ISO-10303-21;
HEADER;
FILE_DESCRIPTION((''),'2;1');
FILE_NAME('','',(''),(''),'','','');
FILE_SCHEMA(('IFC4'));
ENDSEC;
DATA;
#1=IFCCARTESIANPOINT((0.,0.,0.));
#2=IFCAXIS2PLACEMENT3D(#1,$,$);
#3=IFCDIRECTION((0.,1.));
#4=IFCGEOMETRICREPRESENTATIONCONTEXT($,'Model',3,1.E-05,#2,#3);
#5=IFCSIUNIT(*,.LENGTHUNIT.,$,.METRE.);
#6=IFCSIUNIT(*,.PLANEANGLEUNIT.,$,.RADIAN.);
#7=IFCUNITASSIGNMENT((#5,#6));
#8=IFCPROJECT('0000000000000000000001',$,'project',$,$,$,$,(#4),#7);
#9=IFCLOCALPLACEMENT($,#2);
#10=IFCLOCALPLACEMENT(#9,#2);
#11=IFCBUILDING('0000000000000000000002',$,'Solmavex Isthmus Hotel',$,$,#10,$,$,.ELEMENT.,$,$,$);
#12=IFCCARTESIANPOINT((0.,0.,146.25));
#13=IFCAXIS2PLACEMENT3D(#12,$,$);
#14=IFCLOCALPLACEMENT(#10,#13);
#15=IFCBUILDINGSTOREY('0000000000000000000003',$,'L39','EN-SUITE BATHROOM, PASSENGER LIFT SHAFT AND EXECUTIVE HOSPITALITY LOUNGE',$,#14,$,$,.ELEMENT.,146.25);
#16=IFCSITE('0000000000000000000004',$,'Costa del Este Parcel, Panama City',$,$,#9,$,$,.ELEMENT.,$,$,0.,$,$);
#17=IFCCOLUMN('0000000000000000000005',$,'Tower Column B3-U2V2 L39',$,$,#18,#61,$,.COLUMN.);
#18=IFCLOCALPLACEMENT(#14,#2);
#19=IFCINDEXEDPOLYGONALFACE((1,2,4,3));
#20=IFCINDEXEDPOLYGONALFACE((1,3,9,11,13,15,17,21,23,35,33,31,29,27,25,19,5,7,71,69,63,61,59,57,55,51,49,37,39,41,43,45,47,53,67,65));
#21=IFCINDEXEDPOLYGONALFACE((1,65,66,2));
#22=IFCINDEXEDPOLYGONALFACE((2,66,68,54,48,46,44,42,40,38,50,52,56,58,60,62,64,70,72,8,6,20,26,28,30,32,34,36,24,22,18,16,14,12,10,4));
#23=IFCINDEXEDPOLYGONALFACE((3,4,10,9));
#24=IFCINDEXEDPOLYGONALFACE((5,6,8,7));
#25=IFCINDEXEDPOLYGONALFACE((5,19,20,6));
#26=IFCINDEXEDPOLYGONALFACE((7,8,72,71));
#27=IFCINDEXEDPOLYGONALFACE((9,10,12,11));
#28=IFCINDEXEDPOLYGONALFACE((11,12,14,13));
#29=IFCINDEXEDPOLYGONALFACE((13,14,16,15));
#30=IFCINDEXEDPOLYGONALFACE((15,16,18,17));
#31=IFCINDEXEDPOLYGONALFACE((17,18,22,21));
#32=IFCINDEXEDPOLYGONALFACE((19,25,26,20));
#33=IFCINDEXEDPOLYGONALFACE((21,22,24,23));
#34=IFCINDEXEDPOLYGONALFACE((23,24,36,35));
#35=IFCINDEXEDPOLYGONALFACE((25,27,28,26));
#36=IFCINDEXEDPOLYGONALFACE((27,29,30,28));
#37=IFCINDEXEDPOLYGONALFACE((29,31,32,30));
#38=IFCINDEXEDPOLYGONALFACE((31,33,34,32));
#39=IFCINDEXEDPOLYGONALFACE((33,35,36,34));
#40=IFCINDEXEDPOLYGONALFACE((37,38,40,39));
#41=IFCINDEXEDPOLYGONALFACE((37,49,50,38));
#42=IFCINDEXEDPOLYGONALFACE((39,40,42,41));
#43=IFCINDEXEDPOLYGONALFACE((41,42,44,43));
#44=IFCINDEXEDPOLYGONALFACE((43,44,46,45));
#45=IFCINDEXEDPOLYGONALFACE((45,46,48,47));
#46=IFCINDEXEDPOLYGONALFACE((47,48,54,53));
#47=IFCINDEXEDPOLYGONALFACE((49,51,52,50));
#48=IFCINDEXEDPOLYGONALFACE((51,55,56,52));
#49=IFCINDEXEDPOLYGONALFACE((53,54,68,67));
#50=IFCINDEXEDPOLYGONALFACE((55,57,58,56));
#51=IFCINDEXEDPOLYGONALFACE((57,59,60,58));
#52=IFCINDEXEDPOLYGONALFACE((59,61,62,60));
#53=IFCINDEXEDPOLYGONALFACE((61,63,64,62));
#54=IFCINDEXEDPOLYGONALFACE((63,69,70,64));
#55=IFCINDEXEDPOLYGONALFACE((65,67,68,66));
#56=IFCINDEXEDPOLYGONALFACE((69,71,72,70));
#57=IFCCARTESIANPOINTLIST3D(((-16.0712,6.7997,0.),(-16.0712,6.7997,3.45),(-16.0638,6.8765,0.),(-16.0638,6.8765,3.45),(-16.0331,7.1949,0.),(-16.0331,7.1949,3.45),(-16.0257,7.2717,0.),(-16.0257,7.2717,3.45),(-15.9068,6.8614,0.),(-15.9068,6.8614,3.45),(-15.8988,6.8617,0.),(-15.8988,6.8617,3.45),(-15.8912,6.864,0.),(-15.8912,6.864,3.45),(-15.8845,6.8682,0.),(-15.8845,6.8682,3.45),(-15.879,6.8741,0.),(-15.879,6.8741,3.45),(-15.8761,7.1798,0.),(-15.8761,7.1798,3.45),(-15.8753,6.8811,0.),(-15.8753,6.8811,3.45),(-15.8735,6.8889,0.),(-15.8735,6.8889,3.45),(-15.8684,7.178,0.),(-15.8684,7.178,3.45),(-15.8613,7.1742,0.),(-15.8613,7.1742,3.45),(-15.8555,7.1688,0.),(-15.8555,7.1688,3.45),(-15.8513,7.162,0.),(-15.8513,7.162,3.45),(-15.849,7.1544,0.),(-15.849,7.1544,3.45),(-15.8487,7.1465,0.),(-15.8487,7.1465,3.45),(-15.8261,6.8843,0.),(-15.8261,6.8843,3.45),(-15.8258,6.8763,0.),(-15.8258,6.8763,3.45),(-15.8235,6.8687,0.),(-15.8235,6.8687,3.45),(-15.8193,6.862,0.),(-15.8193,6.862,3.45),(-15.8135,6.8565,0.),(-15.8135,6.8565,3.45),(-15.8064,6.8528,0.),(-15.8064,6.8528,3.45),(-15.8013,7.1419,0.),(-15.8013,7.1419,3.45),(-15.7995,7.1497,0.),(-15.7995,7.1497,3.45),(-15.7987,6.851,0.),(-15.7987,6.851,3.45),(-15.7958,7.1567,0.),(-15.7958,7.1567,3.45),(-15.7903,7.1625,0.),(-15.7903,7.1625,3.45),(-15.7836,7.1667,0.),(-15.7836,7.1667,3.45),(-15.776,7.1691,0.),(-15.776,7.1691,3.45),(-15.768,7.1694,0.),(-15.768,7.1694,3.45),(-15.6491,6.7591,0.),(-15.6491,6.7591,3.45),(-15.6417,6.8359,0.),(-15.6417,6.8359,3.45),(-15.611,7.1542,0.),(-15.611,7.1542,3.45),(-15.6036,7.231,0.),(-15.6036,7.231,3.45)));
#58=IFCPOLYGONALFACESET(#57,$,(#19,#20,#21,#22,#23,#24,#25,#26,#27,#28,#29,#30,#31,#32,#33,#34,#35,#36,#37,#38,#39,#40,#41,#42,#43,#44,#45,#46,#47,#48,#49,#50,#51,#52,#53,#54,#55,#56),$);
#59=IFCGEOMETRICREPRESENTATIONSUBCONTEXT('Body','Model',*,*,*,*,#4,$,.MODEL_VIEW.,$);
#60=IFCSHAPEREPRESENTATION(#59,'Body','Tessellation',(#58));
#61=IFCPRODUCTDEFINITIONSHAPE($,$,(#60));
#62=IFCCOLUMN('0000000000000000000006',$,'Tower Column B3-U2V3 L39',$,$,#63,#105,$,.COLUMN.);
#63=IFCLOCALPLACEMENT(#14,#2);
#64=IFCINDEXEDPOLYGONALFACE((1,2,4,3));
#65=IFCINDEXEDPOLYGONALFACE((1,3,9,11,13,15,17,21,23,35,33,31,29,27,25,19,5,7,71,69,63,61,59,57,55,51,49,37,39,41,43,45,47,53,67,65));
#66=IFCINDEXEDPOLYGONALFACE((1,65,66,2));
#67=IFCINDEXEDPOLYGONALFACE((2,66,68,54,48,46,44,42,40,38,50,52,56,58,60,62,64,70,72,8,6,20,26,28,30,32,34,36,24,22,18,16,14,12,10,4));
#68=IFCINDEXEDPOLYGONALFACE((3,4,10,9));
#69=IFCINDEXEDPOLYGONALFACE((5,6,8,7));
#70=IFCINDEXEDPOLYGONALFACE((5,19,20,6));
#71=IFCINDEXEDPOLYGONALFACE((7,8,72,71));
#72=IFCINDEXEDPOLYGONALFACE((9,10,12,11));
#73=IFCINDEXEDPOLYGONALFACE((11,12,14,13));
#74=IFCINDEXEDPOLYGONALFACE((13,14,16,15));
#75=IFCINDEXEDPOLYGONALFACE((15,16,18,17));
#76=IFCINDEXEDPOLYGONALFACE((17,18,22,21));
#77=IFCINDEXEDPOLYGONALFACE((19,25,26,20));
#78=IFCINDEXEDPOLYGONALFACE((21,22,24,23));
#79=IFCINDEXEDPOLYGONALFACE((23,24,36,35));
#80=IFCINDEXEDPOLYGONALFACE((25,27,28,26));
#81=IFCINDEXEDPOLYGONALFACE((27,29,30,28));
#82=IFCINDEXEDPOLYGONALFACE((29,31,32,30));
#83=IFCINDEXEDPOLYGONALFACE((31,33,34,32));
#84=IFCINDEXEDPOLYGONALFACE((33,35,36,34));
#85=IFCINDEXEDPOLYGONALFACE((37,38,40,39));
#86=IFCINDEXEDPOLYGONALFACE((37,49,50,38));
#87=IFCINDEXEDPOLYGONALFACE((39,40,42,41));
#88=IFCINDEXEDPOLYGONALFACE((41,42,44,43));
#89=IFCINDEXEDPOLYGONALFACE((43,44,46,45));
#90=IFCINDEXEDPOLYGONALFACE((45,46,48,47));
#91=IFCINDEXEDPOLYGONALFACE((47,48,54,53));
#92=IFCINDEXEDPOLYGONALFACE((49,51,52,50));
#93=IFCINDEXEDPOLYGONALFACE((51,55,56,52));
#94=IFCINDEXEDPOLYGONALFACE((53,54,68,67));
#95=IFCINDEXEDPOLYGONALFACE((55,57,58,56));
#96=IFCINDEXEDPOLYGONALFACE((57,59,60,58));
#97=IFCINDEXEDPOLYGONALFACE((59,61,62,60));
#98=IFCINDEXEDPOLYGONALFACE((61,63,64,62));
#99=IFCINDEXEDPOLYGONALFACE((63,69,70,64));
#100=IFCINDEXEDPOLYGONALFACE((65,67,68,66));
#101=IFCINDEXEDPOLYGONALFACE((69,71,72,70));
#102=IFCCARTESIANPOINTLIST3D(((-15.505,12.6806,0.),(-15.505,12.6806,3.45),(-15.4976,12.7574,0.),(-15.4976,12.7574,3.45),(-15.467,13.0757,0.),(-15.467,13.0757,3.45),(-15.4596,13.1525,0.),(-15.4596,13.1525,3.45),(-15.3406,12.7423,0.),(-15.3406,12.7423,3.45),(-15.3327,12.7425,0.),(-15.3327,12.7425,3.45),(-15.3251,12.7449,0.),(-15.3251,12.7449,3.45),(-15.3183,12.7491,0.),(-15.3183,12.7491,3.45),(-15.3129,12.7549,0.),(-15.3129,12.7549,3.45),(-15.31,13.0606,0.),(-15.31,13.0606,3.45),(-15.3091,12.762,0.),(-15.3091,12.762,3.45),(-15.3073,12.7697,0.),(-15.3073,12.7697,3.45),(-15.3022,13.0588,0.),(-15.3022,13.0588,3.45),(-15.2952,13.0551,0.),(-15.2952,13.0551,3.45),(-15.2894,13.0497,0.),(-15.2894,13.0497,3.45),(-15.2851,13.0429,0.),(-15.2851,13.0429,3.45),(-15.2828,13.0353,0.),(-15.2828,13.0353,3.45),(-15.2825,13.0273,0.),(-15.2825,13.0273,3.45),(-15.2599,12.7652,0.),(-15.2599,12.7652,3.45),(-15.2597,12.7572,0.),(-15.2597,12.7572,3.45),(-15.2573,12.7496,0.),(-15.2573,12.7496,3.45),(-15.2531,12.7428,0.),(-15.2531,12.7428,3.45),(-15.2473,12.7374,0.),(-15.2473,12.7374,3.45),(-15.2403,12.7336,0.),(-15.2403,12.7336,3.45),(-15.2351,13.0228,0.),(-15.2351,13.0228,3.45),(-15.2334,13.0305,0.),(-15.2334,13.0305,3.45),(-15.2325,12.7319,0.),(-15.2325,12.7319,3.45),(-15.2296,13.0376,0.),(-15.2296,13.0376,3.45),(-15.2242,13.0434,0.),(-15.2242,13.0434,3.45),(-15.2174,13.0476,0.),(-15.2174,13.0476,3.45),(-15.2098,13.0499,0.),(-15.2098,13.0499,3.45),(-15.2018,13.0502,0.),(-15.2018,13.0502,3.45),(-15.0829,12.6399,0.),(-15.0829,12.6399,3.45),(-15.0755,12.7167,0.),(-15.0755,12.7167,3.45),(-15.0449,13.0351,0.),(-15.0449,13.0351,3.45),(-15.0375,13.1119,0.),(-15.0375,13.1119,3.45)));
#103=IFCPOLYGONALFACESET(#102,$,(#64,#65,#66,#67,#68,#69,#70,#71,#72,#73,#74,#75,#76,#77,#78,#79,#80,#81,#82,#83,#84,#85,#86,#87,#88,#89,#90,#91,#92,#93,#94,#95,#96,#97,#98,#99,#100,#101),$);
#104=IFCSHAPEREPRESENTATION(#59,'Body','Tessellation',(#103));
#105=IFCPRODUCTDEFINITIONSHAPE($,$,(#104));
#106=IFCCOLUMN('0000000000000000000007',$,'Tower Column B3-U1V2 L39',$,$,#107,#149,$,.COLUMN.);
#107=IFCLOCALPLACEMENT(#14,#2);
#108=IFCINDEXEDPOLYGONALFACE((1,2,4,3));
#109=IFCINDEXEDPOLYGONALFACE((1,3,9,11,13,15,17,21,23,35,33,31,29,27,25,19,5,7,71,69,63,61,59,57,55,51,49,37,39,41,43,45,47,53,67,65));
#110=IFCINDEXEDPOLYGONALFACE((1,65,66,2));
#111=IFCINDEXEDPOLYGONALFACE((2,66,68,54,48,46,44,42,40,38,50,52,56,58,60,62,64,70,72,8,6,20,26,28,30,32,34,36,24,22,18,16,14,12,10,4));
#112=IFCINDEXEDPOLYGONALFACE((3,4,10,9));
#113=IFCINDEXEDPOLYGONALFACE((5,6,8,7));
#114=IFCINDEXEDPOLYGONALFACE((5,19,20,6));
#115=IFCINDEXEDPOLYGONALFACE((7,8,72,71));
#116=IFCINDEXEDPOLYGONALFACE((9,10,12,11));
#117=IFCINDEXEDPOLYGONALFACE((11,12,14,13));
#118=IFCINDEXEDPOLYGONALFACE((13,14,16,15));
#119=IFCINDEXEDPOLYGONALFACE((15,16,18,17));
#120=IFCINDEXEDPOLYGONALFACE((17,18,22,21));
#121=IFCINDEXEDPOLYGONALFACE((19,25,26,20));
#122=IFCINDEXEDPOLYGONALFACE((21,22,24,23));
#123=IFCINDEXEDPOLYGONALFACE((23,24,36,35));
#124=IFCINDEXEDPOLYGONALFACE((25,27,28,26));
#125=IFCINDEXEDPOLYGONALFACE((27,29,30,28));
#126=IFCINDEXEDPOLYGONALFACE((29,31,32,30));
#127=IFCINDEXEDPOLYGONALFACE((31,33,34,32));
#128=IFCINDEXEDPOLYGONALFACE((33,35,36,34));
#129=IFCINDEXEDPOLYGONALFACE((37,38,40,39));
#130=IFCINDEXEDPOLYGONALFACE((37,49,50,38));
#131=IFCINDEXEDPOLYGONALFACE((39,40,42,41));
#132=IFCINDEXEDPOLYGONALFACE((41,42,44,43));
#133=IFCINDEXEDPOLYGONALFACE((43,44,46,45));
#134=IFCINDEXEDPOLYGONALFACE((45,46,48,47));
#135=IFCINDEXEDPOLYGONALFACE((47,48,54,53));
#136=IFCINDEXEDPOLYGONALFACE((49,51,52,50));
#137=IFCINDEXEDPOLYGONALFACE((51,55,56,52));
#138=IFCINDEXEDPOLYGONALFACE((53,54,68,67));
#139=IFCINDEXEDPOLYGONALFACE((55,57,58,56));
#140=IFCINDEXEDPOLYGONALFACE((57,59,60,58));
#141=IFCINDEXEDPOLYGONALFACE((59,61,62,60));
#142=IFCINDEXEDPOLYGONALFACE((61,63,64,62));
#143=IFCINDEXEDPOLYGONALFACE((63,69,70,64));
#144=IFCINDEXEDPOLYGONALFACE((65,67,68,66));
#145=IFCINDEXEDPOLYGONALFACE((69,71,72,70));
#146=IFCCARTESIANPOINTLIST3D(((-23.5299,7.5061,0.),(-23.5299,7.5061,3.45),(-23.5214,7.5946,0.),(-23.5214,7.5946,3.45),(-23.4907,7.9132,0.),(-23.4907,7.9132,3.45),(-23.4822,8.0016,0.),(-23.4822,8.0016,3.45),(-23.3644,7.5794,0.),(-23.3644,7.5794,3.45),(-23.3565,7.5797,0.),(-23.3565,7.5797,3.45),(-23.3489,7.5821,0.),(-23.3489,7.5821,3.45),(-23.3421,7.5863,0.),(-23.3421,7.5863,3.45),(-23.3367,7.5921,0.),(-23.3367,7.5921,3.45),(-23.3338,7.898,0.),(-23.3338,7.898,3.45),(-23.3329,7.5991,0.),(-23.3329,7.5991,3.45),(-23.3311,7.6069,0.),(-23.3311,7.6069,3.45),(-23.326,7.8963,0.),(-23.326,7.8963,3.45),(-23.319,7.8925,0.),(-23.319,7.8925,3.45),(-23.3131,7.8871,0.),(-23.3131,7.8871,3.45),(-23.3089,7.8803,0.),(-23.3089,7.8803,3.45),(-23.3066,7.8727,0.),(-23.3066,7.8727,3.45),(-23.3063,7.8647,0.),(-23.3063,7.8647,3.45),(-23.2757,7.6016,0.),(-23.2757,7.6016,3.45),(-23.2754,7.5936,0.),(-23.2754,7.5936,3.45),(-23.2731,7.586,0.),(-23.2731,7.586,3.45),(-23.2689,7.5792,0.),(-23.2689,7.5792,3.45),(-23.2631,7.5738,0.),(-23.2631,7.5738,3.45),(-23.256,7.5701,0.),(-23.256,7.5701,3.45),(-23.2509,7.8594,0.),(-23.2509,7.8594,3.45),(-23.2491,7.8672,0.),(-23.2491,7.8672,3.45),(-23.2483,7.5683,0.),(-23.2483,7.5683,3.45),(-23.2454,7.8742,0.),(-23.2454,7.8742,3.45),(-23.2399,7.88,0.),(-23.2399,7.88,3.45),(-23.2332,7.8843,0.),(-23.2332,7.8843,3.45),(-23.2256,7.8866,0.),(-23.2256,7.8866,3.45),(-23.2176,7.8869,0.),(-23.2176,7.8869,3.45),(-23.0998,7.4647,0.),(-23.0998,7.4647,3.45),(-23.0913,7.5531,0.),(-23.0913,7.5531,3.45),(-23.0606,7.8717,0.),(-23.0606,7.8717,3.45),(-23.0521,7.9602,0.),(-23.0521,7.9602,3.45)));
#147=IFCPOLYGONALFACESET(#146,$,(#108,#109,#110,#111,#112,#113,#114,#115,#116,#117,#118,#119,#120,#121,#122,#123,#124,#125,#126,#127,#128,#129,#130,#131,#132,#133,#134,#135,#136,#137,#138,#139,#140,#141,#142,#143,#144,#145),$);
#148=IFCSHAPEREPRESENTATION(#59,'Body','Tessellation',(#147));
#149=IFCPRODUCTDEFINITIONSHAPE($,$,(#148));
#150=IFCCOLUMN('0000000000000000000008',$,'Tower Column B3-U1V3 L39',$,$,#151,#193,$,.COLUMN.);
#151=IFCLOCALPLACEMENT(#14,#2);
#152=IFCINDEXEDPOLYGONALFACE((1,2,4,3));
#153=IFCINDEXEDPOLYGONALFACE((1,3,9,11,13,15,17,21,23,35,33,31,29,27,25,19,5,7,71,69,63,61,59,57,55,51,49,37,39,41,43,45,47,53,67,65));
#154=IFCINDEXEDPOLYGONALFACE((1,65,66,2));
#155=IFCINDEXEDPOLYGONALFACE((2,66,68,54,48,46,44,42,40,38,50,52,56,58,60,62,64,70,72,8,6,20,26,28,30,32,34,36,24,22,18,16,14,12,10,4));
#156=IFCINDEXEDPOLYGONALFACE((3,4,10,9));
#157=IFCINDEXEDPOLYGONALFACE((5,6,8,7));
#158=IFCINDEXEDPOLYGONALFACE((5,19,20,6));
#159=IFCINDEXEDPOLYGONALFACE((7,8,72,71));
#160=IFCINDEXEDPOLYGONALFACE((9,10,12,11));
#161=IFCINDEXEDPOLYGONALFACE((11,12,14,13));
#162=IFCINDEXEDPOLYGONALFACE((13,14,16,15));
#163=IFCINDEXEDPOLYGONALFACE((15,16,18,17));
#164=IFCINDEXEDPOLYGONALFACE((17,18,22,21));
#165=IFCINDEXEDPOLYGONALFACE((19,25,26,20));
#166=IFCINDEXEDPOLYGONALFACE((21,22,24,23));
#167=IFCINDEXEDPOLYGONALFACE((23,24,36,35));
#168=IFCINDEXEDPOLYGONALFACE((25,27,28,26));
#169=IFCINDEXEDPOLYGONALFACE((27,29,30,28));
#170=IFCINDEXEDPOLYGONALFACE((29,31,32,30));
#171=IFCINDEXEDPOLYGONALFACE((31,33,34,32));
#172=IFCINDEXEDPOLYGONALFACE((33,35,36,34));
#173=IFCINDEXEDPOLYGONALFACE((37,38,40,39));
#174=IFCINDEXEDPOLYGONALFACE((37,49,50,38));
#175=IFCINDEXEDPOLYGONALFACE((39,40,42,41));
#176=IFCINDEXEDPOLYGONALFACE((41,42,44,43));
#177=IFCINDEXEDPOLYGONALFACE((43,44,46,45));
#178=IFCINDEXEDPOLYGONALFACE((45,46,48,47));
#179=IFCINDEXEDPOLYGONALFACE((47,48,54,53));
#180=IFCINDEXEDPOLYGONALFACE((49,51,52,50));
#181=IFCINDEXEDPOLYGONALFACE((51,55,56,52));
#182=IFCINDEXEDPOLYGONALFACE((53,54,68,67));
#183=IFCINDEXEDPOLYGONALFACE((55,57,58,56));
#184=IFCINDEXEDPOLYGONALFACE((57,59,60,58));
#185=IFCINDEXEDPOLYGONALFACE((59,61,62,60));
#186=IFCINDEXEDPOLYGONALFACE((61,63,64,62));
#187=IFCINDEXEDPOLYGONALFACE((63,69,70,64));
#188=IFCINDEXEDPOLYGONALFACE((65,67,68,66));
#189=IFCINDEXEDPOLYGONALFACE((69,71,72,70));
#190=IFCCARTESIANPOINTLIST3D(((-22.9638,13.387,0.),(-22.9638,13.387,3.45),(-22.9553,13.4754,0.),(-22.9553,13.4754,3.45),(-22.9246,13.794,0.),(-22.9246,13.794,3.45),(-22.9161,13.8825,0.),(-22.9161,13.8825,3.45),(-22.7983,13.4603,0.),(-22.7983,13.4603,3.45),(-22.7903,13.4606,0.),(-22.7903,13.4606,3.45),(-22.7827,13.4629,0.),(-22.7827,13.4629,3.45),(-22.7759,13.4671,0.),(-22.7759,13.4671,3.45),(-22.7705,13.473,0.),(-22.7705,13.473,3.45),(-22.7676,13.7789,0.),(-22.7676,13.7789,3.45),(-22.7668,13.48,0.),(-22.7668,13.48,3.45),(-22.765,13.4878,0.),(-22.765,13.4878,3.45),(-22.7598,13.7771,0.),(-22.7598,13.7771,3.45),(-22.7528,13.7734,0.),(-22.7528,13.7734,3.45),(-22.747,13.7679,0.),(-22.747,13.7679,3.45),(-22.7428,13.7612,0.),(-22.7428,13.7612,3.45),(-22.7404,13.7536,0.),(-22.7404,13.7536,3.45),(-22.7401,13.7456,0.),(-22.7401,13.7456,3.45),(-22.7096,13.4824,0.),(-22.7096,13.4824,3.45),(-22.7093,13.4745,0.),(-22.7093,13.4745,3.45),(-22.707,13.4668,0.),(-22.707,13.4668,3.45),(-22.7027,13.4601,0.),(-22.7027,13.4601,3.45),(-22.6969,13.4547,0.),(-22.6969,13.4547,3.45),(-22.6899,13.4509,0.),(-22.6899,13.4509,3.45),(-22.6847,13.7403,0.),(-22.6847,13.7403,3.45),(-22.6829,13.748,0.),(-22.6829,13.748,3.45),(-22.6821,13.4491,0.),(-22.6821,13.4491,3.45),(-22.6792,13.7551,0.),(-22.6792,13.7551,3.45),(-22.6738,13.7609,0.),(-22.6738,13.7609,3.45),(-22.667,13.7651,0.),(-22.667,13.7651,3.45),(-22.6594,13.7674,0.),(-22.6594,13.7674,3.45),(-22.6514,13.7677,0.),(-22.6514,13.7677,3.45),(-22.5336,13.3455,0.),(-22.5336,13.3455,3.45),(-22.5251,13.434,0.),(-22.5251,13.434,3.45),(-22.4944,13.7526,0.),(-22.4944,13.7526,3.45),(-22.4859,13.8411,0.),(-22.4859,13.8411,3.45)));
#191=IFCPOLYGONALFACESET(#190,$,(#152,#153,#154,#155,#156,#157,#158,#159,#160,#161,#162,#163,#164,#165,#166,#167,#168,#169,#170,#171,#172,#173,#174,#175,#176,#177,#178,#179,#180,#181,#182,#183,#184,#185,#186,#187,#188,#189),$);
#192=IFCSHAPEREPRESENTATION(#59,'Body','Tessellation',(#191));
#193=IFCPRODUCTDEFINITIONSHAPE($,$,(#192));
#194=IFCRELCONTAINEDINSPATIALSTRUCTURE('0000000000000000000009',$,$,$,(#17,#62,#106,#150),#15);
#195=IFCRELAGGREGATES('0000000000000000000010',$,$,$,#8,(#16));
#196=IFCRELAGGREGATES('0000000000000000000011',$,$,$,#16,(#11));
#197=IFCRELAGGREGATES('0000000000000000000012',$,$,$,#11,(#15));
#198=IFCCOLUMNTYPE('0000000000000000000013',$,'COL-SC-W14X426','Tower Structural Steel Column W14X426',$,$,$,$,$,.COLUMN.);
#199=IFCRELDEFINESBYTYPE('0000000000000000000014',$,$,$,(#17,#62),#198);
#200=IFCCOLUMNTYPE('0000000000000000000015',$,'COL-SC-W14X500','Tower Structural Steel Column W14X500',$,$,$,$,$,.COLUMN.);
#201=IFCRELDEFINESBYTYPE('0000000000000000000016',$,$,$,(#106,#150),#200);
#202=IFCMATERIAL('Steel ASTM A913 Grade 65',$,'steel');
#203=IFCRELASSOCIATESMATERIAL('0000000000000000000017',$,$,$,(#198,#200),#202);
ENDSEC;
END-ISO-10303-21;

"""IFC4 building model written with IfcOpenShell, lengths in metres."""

from ifc_helpers import new_model, si_unit, direction, frame, origin, origin_2d, place, context, subcontext, project, spatial, i_section, extrude, material, material_profile, profile_set, type_object, element, save


model = new_model("IFC4")

# Units and contexts
model_context = context("Model", 3, precision=1e-05, world=origin(), true_north=direction((0.0, 1.0)))
body_context = subcontext(model_context, "Body", "Model", "MODEL_VIEW")
ifc_project = project(units=[si_unit("LENGTHUNIT", "METRE"), si_unit("PLANEANGLEUNIT", "RADIAN")], contexts=[model_context])

# Site, building, storey
site_placement = place(None, origin())
site = spatial("IfcSite", under=ifc_project, at=site_placement, Name="Costa del Este Parcel, Panama City", CompositionType="ELEMENT", RefElevation=0.0)
building_placement = place(site_placement, origin())
building = spatial("IfcBuilding", under=site, at=building_placement, Name="Solmavex Isthmus Hotel", CompositionType="ELEMENT")
storey_placement = place(building_placement, frame((0.0, 0.0, 146.25)))
storey = spatial("IfcBuildingStorey", under=building, at=storey_placement, Name="L39", Description="EN-SUITE BATHROOM, PASSENGER LIFT SHAFT AND EXECUTIVE HOSPITALITY LOUNGE", CompositionType="ELEMENT", Elevation=146.25)

# Columns
ifc_material_1 = material(Name="Steel ASTM A913 Grade 65", Category="steel")
ifc_material_profile_1 = material_profile(ifc_material_1, i_section(OverallWidth=0.4241, OverallDepth=0.4741, WebThickness=0.0476, FlangeThickness=0.0771, FilletRadius=0.0305, at=origin_2d()), Name="W14X426")
ifc_profile_set_1 = profile_set([ifc_material_profile_1], Name="Steel ASTM A913 Grade 65")
column_type_1 = type_object("IfcColumnType", Name="COL-SC-W14X426", Description="Tower Structural Steel Column W14X426", PredefinedType="COLUMN", material=ifc_profile_set_1)
for number, where, z_axis, x_axis, name in (
    (1, (-15.8374, 7.0154, 0.0), (0.0, 0.0, 1.0), (0.995396, -0.095846, 0.0), "Tower Column B3-U2V2 L39"),
    (2, (-15.2712, 12.8962, 0.0), (0.0, 0.0, 1.0), (0.995396, -0.095846, 0.0), "Tower Column B3-U2V3 L39"),
):
    element("IfcColumn", number, at=place(storey_placement, frame(where, z_axis=z_axis, x_axis=x_axis)), inside=storey, type_object=column_type_1, Name=name, PredefinedType="COLUMN", context=body_context, shape_type="SweptSolid", body=[
        extrude(i_section(OverallWidth=0.4241, OverallDepth=0.4741, WebThickness=0.0476, FlangeThickness=0.0771, FilletRadius=0.0305, at=origin_2d()), origin(), (0.0, 0.0, 1.0), 3.45),
    ])
ifc_material_profile_2 = material_profile(ifc_material_1, i_section(OverallWidth=0.4321, OverallDepth=0.4978, WebThickness=0.0557, FlangeThickness=0.0889, FilletRadius=0.0305, at=origin_2d()), Name="W14X500")
ifc_profile_set_2 = profile_set([ifc_material_profile_2], Name="Steel ASTM A913 Grade 65")
column_type_2 = type_object("IfcColumnType", Name="COL-SC-W14X500", Description="Tower Structural Steel Column W14X500", PredefinedType="COLUMN", material=ifc_profile_set_2)
for number, where, z_axis, x_axis, name in (
    (3, (-23.291, 7.7332, 0.0), (0.0, 0.0, 1.0), (0.995396, -0.095846, 0.0), "Tower Column B3-U1V2 L39"),
    (4, (-22.7249, 13.614, 0.0), (0.0, 0.0, 1.0), (0.995396, -0.095846, 0.0), "Tower Column B3-U1V3 L39"),
):
    element("IfcColumn", number, at=place(storey_placement, frame(where, z_axis=z_axis, x_axis=x_axis)), inside=storey, type_object=column_type_2, Name=name, PredefinedType="COLUMN", context=body_context, shape_type="SweptSolid", body=[
        extrude(i_section(OverallWidth=0.4321, OverallDepth=0.4978, WebThickness=0.0557, FlangeThickness=0.0889, FilletRadius=0.0305, at=origin_2d()), origin(), (0.0, 0.0, 1.0), 3.45),
    ])

save(model, "model.ifc")
